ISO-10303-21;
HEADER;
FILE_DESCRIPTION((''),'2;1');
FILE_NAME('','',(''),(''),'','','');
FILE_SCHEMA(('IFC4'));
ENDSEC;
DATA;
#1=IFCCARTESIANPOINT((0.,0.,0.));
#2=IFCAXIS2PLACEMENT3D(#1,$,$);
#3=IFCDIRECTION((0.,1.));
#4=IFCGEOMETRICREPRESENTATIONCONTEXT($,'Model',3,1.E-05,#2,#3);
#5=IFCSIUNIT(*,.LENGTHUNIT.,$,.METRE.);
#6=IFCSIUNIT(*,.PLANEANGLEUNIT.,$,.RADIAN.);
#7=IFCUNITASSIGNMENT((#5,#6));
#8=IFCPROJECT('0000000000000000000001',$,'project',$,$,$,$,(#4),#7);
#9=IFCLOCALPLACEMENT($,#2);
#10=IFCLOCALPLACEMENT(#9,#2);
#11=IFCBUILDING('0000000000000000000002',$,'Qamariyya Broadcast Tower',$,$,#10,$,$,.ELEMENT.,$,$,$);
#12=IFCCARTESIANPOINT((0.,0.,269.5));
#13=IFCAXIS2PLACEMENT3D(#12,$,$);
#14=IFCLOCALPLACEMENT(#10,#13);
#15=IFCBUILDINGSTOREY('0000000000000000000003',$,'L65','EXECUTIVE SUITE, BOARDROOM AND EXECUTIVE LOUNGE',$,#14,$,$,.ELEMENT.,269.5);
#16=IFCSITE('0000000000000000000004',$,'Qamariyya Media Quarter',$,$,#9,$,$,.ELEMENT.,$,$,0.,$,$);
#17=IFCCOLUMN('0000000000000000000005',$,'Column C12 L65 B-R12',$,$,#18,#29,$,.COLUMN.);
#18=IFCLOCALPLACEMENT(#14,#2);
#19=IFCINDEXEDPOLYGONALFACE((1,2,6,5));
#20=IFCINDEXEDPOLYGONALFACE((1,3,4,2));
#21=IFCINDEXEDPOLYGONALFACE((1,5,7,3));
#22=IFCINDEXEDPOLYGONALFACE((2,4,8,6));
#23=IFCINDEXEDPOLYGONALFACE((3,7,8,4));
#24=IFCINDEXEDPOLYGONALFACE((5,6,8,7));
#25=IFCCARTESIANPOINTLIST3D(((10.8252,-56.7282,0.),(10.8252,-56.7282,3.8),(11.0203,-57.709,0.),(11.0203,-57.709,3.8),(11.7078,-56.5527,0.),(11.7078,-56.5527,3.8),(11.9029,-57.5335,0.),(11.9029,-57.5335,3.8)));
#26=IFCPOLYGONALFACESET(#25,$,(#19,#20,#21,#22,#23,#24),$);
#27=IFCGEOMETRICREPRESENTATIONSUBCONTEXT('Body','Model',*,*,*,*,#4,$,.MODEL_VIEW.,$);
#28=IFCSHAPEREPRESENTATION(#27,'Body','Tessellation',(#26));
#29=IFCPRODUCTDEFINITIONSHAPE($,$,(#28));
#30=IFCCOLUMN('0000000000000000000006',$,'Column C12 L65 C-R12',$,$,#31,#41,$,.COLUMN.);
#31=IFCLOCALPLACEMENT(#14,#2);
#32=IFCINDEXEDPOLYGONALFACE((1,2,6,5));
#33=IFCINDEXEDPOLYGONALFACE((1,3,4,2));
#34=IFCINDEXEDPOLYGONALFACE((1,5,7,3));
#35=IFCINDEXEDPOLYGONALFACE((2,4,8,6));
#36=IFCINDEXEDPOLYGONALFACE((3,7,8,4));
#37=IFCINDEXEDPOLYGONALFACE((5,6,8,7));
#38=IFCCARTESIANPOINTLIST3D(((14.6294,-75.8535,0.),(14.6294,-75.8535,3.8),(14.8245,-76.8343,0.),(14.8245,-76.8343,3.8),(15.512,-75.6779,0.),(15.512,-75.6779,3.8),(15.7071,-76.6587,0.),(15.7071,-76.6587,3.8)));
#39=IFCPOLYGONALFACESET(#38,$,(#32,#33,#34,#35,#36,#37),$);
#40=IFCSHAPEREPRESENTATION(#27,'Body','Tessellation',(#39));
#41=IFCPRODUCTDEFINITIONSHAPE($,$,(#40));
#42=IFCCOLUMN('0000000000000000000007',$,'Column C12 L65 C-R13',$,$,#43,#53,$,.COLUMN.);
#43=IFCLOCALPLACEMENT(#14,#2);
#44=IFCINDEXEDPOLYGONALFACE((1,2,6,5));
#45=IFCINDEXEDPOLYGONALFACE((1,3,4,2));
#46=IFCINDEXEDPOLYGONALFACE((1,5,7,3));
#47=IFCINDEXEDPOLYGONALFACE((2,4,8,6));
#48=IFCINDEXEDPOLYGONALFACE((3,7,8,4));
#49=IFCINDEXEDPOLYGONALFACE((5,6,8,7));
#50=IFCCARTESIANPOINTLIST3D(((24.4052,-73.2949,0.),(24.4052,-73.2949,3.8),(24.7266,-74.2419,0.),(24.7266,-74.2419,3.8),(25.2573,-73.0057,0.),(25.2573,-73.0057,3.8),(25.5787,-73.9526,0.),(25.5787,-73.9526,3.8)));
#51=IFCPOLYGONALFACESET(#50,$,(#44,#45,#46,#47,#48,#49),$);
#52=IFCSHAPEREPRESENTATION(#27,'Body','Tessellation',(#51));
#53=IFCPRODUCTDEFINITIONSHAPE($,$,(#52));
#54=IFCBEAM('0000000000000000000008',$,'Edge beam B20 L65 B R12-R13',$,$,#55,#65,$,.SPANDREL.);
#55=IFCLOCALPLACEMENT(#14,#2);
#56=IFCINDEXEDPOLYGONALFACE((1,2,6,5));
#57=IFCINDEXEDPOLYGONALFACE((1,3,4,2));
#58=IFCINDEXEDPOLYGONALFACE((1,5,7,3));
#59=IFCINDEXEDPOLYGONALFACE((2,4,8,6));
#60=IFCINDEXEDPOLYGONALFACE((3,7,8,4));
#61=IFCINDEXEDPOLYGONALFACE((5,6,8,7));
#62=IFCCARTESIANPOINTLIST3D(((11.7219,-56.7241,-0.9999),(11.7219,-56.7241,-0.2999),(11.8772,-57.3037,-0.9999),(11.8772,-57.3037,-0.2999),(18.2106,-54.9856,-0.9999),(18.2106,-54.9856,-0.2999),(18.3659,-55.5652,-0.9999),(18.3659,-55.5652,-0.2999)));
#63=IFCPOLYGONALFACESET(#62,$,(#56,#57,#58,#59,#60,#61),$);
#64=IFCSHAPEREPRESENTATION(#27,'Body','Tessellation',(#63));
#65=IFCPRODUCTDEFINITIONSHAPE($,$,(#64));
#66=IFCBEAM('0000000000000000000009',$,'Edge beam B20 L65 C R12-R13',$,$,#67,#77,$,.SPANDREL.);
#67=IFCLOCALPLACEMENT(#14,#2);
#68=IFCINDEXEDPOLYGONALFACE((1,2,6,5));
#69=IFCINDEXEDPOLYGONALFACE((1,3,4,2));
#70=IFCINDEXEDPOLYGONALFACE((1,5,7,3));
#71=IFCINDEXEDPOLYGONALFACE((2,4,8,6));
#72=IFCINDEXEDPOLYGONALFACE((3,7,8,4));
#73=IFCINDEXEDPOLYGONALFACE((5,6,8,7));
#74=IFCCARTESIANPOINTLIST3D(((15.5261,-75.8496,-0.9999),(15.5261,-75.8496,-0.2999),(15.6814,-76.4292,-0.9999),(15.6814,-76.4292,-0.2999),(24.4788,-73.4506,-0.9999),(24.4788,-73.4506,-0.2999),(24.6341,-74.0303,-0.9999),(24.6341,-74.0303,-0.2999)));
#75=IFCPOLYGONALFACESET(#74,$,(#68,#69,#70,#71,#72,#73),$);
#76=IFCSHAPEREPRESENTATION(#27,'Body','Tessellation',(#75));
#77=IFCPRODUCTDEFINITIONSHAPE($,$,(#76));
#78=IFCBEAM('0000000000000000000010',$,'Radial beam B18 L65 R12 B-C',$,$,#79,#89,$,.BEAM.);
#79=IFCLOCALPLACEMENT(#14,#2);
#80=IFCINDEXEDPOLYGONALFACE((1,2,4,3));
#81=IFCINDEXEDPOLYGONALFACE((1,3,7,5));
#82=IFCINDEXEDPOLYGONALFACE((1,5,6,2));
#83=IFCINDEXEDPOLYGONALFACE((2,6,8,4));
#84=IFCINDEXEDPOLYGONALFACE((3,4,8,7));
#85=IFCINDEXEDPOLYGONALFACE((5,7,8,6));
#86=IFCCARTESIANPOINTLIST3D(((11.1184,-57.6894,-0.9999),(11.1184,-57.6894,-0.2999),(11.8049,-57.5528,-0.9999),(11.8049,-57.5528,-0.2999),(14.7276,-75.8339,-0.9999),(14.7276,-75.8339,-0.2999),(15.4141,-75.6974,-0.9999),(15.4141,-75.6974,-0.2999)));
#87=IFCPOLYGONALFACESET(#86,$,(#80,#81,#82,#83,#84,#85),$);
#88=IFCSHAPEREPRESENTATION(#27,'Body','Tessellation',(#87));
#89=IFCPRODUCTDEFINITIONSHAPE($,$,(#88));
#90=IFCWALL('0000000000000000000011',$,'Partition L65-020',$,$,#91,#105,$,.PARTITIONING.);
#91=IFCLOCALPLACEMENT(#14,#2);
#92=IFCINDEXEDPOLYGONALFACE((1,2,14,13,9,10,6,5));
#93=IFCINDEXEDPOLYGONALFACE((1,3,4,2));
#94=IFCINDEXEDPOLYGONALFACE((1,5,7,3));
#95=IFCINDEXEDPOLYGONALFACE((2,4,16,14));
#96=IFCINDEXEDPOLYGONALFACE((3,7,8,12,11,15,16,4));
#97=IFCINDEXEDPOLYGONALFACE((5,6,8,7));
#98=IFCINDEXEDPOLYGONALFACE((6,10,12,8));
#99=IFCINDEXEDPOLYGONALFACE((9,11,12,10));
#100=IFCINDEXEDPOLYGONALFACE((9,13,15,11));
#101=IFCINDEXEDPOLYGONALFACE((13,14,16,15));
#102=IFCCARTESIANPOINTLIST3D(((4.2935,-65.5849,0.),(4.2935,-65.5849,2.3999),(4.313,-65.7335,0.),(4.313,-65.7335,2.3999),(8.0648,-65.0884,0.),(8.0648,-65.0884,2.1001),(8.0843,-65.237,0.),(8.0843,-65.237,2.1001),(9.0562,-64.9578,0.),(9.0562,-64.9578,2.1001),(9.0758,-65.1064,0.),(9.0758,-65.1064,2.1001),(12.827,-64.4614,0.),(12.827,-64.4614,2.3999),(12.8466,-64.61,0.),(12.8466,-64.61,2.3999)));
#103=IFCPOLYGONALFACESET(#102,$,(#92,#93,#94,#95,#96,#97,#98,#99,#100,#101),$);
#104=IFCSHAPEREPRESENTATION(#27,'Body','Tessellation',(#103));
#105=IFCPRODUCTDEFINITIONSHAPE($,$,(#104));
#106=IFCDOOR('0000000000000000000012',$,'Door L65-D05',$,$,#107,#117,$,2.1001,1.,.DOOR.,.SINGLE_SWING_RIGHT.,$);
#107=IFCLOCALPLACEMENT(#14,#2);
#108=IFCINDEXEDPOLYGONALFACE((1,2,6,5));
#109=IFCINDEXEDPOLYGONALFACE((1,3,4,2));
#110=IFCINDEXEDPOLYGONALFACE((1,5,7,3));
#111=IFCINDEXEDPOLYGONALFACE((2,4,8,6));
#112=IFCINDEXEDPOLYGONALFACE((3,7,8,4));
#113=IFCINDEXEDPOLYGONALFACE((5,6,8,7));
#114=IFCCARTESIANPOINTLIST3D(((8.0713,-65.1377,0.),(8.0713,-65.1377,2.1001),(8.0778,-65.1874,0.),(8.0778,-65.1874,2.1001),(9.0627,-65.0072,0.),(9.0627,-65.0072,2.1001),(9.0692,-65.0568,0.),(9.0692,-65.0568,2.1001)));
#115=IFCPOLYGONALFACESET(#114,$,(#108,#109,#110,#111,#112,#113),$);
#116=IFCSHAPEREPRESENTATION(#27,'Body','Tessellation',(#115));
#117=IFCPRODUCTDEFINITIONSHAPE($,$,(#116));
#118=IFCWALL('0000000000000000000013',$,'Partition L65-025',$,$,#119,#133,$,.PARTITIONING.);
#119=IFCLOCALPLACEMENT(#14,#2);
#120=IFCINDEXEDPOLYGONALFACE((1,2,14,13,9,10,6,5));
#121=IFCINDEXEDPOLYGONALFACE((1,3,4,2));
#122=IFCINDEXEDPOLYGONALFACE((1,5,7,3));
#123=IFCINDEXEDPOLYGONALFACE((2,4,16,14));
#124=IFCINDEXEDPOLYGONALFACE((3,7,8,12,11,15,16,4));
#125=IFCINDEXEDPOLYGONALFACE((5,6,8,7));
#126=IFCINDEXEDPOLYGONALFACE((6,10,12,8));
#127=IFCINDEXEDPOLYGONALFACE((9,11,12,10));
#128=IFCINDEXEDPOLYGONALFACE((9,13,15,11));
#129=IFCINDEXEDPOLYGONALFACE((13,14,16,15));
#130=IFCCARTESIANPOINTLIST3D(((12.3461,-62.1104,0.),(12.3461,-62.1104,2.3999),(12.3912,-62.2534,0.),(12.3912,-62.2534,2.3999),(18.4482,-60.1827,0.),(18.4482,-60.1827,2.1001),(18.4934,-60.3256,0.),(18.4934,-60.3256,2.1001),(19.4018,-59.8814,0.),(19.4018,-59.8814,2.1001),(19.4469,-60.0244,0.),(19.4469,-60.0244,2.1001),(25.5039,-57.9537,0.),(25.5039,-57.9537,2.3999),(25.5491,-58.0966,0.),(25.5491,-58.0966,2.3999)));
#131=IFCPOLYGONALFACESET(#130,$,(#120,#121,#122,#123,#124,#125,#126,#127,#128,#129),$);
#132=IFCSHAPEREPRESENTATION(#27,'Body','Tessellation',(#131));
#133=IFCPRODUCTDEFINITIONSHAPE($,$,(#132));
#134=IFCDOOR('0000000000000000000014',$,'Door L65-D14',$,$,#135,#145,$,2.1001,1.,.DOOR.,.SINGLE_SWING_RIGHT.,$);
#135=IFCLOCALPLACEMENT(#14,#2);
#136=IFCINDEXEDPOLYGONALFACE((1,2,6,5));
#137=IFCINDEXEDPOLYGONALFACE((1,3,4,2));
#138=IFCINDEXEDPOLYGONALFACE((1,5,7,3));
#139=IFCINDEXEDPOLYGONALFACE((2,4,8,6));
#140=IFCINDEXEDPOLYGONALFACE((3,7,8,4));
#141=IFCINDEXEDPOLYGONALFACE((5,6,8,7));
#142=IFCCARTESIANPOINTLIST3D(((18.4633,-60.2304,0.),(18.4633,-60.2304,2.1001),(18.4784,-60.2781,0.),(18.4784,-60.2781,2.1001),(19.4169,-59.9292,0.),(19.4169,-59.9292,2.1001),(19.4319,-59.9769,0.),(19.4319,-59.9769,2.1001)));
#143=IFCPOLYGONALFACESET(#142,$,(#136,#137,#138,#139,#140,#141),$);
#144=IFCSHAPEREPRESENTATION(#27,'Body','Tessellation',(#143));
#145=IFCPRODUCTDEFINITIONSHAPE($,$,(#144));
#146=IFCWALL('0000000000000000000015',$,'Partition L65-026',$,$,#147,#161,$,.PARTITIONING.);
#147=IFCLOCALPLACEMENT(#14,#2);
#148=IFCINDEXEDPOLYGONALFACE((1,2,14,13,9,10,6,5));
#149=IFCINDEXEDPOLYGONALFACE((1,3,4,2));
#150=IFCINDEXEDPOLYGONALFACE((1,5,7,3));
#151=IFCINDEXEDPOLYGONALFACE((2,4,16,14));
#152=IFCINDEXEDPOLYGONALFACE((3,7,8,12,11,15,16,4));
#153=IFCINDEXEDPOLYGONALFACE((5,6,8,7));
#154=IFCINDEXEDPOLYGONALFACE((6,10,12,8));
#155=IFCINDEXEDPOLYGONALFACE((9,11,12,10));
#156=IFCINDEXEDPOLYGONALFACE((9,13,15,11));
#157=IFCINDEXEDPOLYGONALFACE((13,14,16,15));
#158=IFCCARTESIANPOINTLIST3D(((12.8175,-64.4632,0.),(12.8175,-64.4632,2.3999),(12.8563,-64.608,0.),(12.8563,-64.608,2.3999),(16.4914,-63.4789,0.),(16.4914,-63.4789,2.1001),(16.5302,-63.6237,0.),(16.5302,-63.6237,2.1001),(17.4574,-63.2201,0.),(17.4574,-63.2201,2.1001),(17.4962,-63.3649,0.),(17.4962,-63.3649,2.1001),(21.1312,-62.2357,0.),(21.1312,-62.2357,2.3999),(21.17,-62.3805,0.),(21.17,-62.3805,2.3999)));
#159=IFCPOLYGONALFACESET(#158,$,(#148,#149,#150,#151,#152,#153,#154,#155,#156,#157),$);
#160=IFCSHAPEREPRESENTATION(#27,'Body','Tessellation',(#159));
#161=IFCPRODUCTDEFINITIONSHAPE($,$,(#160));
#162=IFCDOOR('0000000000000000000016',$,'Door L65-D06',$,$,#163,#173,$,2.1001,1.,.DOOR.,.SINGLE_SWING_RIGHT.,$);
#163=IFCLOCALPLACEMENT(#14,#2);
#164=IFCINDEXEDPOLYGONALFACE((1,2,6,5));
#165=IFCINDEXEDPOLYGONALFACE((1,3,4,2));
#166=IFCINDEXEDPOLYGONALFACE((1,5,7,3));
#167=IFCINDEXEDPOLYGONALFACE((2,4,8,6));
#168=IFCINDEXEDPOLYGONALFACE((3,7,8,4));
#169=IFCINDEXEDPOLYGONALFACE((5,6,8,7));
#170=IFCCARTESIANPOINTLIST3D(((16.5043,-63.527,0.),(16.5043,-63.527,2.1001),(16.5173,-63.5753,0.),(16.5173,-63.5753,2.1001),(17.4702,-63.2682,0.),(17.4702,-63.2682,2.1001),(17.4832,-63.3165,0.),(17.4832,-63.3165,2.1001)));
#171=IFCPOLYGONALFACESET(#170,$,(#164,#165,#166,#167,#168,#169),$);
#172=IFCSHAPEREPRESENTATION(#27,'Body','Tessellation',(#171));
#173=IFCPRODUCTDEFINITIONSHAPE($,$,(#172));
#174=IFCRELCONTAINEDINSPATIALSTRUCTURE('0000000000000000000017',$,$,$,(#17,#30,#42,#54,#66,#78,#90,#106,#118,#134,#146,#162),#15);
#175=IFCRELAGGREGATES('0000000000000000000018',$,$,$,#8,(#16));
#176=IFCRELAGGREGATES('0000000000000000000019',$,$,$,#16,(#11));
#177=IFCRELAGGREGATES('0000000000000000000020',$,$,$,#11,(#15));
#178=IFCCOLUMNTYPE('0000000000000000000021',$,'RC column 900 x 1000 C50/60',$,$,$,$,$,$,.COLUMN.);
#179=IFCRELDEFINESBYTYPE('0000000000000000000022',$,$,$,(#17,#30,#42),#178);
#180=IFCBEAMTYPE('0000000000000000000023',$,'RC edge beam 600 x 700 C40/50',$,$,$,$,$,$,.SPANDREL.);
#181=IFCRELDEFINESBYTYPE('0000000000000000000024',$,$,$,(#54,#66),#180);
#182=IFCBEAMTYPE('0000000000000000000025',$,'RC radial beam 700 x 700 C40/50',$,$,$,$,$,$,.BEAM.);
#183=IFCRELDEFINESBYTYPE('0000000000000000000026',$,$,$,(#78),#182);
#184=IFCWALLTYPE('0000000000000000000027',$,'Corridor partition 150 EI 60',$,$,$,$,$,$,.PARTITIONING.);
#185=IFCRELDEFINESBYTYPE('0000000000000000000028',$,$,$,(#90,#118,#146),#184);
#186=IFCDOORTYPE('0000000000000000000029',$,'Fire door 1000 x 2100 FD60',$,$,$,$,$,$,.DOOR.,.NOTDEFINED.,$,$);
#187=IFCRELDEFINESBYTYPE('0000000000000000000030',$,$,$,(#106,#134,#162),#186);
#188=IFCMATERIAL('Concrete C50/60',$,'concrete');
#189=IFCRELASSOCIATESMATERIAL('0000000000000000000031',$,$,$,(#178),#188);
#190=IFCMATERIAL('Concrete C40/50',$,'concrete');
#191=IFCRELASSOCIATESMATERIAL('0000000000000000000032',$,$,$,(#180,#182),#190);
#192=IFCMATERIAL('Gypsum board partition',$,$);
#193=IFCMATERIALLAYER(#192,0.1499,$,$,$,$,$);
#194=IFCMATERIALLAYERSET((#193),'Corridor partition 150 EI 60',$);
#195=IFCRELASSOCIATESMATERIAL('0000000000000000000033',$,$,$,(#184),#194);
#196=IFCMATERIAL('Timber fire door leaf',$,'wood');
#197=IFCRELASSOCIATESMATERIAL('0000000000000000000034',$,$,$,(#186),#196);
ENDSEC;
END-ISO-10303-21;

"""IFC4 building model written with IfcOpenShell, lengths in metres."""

from ifc_helpers import new_model, si_unit, direction, frame, frame_2d, origin, origin_2d, place, context, subcontext, project, spatial, rectangle, extrude, material, layer, layer_set, material_profile, profile_set, type_object, element, fill, save


model = new_model("IFC4")

# Units and contexts
model_context = context("Model", 3, precision=1e-05, world=origin(), true_north=direction((0.0, 1.0)))
body_context = subcontext(model_context, "Body", "Model", "MODEL_VIEW")
ifc_project = project(units=[si_unit("LENGTHUNIT", "METRE"), si_unit("PLANEANGLEUNIT", "RADIAN")], contexts=[model_context])

# Site, building, storey
site_placement = place(None, origin())
site = spatial("IfcSite", under=ifc_project, at=site_placement, Name="Qamariyya Media Quarter", CompositionType="ELEMENT", RefElevation=0.0)
building_placement = place(site_placement, origin())
building = spatial("IfcBuilding", under=site, at=building_placement, Name="Qamariyya Broadcast Tower", CompositionType="ELEMENT")
storey_placement = place(building_placement, frame((0.0, 0.0, 269.5)))
storey = spatial("IfcBuildingStorey", under=building, at=storey_placement, Name="L65", Description="EXECUTIVE SUITE, BOARDROOM AND EXECUTIVE LOUNGE", CompositionType="ELEMENT", Elevation=269.5)

# Columns
ifc_material_1 = material(Name="Concrete C50/60", Category="concrete")
ifc_material_profile_1 = material_profile(ifc_material_1, rectangle(XDim=0.8999, YDim=1.0, at=origin_2d()))
ifc_profile_set_1 = profile_set([ifc_material_profile_1], Name="Concrete C50/60")
column_type = type_object("IfcColumnType", Name="RC column 900 x 1000 C50/60", PredefinedType="COLUMN", material=ifc_profile_set_1)
for number, where, z_axis, x_axis, name in (
    (1, (11.364, -57.1309, 0.0), (0.0, 0.0, 1.0), (0.980785, 0.19509, 0.0), "Column C12 L65 B-R12"),
    (2, (15.1682, -76.2561, 0.0), (0.0, 0.0, 1.0), (0.980785, 0.19509, 0.0), "Column C12 L65 C-R12"),
    (3, (24.9919, -73.6238, 0.0), (0.0, 0.0, 1.0), (0.94693, 0.321439, 0.0), "Column C12 L65 C-R13"),
):
    element("IfcColumn", number, at=place(storey_placement, frame(where, z_axis=z_axis, x_axis=x_axis)), inside=storey, type_object=column_type, Name=name, PredefinedType="COLUMN", context=body_context, shape_type="SweptSolid", body=[
        extrude(rectangle(XDim=0.8999, YDim=1.0, at=origin_2d()), origin(), (0.0, 0.0, 1.0), 3.8),
    ])

# Beams
ifc_material_2 = material(Name="Concrete C40/50", Category="concrete")
ifc_material_profile_2 = material_profile(ifc_material_2, rectangle(XDim=0.6001, YDim=0.7, at=origin_2d()))
ifc_profile_set_2 = profile_set([ifc_material_profile_2], Name="Concrete C40/50")
beam_type_1 = type_object("IfcBeamType", Name="RC edge beam 600 x 700 C40/50", PredefinedType="SPANDREL", material=ifc_profile_set_2)
beam_1_placement = place(storey_placement, frame((11.7996, -57.0139, -0.6499), z_axis=(0.965931, 0.2588, 0.0), x_axis=(-0.2588, 0.965931, 0.0)))
element("IfcBeam", 4, at=beam_1_placement, inside=storey, type_object=beam_type_1, Name="Edge beam B20 L65 B R12-R13", PredefinedType="SPANDREL", context=body_context, shape_type="SweptSolid", body=[
    extrude(rectangle(XDim=0.6001, YDim=0.7, at=origin_2d()), origin(), (0.0, 0.0, 1.0), 6.7175),
])
beam_2_placement = place(storey_placement, frame((15.6038, -76.1394, -0.6499), z_axis=(0.965924, 0.258826, 0.0), x_axis=(-0.258826, 0.965924, 0.0)))
element("IfcBeam", 5, at=beam_2_placement, inside=storey, type_object=beam_type_1, Name="Edge beam B20 L65 C R12-R13", PredefinedType="SPANDREL", context=body_context, shape_type="SweptSolid", body=[
    extrude(rectangle(XDim=0.6001, YDim=0.7, at=origin_2d()), origin(), (0.0, 0.0, 1.0), 9.2686),
])
ifc_material_profile_3 = material_profile(ifc_material_2, rectangle(XDim=0.7, YDim=0.7, at=origin_2d()))
ifc_profile_set_3 = profile_set([ifc_material_profile_3], Name="Concrete C40/50")
beam_type_2 = type_object("IfcBeamType", Name="RC radial beam 700 x 700 C40/50", PredefinedType="BEAM", material=ifc_profile_set_3)
beam_3_placement = place(storey_placement, frame((11.4617, -57.6211, -0.6499), z_axis=(0.195088, -0.980786, 0.0), x_axis=(0.980786, 0.195088, 0.0)))
element("IfcBeam", 6, at=beam_3_placement, inside=storey, type_object=beam_type_2, Name="Radial beam B18 L65 R12 B-C", PredefinedType="BEAM", context=body_context, shape_type="SweptSolid", body=[
    extrude(rectangle(XDim=0.7, YDim=0.7, at=origin_2d()), origin(), (0.0, 0.0, 1.0), 18.5),
])

# Walls, openings, doors
ifc_material_3 = material(Name="Gypsum board partition")
ifc_layer_1 = layer(ifc_material_3, 0.1499)
ifc_layer_set_1 = layer_set([ifc_layer_1], Name="Corridor partition 150 EI 60")
wall_type_1 = type_object("IfcWallType", Name="Corridor partition 150 EI 60", PredefinedType="PARTITIONING", material=ifc_layer_set_1)
wall_1_placement = place(storey_placement, frame((12.8369, -64.5356, 0.0), z_axis=(0.0, 0.0, 1.0), x_axis=(-0.991444, -0.130536, 0.0)))
wall_1 = element("IfcWall", 7, at=wall_1_placement, inside=storey, type_object=wall_type_1, Name="Partition L65-020", PredefinedType="PARTITIONING", context=body_context, shape_type="SweptSolid", body=[
    extrude(rectangle(XDim=8.6072, YDim=0.1499, at=frame_2d((4.3037, 0.0))), origin(), (0.0, 0.0, 1.0), 2.3999),
])
opening_1_placement = place(wall_1_placement, frame((3.8035, 0.0, 0.0)))
opening_1 = element("IfcOpeningElement", 8, at=opening_1_placement, cuts=wall_1, PredefinedType="OPENING", context=body_context, shape_type="SweptSolid", body=[
    extrude(rectangle(XDim=1.0, YDim=2.1001, at=frame_2d((0.5, 1.05))), frame((0.0, 0.085, 0.0), z_axis=(0.0, -1.0, 0.0), x_axis=(1.0, 0.0, 0.0)), (0.0, 0.0, 1.0), 0.1699),
])
ifc_material_4 = material(Name="Timber fire door leaf", Category="wood")
door_type = type_object("IfcDoorType", Name="Fire door 1000 x 2100 FD60", OperationType="NOTDEFINED", PredefinedType="DOOR", material=ifc_material_4)
door_1_placement = place(opening_1_placement, origin())
door_1 = element("IfcDoor", 9, at=door_1_placement, inside=storey, type_object=door_type, Name="Door L65-D05", OperationType="SINGLE_SWING_RIGHT", OverallHeight=2.1001, OverallWidth=1.0, PredefinedType="DOOR", context=body_context, shape_type="SweptSolid", body=[
    extrude(rectangle(XDim=1.0, YDim=2.1001, at=frame_2d((0.5, 1.05))), frame((0.0, 0.0249, 0.0), z_axis=(0.0, -1.0, 0.0), x_axis=(1.0, 0.0, 0.0)), (0.0, 0.0, 1.0), 0.05),
])
fill(opening_1, door_1)
wall_2_placement = place(storey_placement, frame((12.3687, -62.1819, 0.0), z_axis=(0.0, 0.0, 1.0), x_axis=(0.95355, 0.301236, 0.0)))
wall_2 = element("IfcWall", 10, at=wall_2_placement, inside=storey, type_object=wall_type_1, Name="Partition L65-025", PredefinedType="PARTITIONING", context=body_context, shape_type="SweptSolid", body=[
    extrude(rectangle(XDim=13.7988, YDim=0.1499, at=frame_2d((6.8994, 0.0))), origin(), (0.0, 0.0, 1.0), 2.3999),
])
opening_2_placement = place(wall_2_placement, frame((6.3994, 0.0, 0.0)))
opening_2 = element("IfcOpeningElement", 11, at=opening_2_placement, cuts=wall_2, PredefinedType="OPENING", context=body_context, shape_type="SweptSolid", body=[
    extrude(rectangle(XDim=1.0, YDim=2.1001, at=frame_2d((0.5, 1.05))), frame((0.0, 0.085, 0.0), z_axis=(0.0, -1.0, 0.0), x_axis=(1.0, 0.0, 0.0)), (0.0, 0.0, 1.0), 0.1699),
])
door_2_placement = place(opening_2_placement, origin())
door_2 = element("IfcDoor", 12, at=door_2_placement, inside=storey, type_object=door_type, Name="Door L65-D14", OperationType="SINGLE_SWING_RIGHT", OverallHeight=2.1001, OverallWidth=1.0, PredefinedType="DOOR", context=body_context, shape_type="SweptSolid", body=[
    extrude(rectangle(XDim=1.0, YDim=2.1001, at=frame_2d((0.5, 1.05))), frame((0.0, 0.0249, 0.0), z_axis=(0.0, -1.0, 0.0), x_axis=(1.0, 0.0, 0.0)), (0.0, 0.0, 1.0), 0.05),
])
fill(opening_2, door_2)
wall_3_placement = place(storey_placement, frame((21.1506, -62.3081, 0.0), z_axis=(0.0, 0.0, 1.0), x_axis=(-0.965929, -0.258807, 0.0)))
wall_3 = element("IfcWall", 13, at=wall_3_placement, inside=storey, type_object=wall_type_1, Name="Partition L65-026", PredefinedType="PARTITIONING", context=body_context, shape_type="SweptSolid", body=[
    extrude(rectangle(XDim=8.6069, YDim=0.1499, at=frame_2d((4.3035, 0.0))), origin(), (0.0, 0.0, 1.0), 2.3999),
])
opening_3_placement = place(wall_3_placement, frame((3.8035, 0.0, 0.0)))
opening_3 = element("IfcOpeningElement", 14, at=opening_3_placement, cuts=wall_3, PredefinedType="OPENING", context=body_context, shape_type="SweptSolid", body=[
    extrude(rectangle(XDim=1.0, YDim=2.1001, at=frame_2d((0.5, 1.05))), frame((0.0, 0.085, 0.0), z_axis=(0.0, -1.0, 0.0), x_axis=(1.0, 0.0, 0.0)), (0.0, 0.0, 1.0), 0.1699),
])
door_3_placement = place(opening_3_placement, origin())
door_3 = element("IfcDoor", 15, at=door_3_placement, inside=storey, type_object=door_type, Name="Door L65-D06", OperationType="SINGLE_SWING_RIGHT", OverallHeight=2.1001, OverallWidth=1.0, PredefinedType="DOOR", context=body_context, shape_type="SweptSolid", body=[
    extrude(rectangle(XDim=1.0, YDim=2.1001, at=frame_2d((0.5, 1.05))), frame((0.0, 0.0249, 0.0), z_axis=(0.0, -1.0, 0.0), x_axis=(1.0, 0.0, 0.0)), (0.0, 0.0, 1.0), 0.05),
])
fill(opening_3, door_3)

save(model, "model.ifc")
